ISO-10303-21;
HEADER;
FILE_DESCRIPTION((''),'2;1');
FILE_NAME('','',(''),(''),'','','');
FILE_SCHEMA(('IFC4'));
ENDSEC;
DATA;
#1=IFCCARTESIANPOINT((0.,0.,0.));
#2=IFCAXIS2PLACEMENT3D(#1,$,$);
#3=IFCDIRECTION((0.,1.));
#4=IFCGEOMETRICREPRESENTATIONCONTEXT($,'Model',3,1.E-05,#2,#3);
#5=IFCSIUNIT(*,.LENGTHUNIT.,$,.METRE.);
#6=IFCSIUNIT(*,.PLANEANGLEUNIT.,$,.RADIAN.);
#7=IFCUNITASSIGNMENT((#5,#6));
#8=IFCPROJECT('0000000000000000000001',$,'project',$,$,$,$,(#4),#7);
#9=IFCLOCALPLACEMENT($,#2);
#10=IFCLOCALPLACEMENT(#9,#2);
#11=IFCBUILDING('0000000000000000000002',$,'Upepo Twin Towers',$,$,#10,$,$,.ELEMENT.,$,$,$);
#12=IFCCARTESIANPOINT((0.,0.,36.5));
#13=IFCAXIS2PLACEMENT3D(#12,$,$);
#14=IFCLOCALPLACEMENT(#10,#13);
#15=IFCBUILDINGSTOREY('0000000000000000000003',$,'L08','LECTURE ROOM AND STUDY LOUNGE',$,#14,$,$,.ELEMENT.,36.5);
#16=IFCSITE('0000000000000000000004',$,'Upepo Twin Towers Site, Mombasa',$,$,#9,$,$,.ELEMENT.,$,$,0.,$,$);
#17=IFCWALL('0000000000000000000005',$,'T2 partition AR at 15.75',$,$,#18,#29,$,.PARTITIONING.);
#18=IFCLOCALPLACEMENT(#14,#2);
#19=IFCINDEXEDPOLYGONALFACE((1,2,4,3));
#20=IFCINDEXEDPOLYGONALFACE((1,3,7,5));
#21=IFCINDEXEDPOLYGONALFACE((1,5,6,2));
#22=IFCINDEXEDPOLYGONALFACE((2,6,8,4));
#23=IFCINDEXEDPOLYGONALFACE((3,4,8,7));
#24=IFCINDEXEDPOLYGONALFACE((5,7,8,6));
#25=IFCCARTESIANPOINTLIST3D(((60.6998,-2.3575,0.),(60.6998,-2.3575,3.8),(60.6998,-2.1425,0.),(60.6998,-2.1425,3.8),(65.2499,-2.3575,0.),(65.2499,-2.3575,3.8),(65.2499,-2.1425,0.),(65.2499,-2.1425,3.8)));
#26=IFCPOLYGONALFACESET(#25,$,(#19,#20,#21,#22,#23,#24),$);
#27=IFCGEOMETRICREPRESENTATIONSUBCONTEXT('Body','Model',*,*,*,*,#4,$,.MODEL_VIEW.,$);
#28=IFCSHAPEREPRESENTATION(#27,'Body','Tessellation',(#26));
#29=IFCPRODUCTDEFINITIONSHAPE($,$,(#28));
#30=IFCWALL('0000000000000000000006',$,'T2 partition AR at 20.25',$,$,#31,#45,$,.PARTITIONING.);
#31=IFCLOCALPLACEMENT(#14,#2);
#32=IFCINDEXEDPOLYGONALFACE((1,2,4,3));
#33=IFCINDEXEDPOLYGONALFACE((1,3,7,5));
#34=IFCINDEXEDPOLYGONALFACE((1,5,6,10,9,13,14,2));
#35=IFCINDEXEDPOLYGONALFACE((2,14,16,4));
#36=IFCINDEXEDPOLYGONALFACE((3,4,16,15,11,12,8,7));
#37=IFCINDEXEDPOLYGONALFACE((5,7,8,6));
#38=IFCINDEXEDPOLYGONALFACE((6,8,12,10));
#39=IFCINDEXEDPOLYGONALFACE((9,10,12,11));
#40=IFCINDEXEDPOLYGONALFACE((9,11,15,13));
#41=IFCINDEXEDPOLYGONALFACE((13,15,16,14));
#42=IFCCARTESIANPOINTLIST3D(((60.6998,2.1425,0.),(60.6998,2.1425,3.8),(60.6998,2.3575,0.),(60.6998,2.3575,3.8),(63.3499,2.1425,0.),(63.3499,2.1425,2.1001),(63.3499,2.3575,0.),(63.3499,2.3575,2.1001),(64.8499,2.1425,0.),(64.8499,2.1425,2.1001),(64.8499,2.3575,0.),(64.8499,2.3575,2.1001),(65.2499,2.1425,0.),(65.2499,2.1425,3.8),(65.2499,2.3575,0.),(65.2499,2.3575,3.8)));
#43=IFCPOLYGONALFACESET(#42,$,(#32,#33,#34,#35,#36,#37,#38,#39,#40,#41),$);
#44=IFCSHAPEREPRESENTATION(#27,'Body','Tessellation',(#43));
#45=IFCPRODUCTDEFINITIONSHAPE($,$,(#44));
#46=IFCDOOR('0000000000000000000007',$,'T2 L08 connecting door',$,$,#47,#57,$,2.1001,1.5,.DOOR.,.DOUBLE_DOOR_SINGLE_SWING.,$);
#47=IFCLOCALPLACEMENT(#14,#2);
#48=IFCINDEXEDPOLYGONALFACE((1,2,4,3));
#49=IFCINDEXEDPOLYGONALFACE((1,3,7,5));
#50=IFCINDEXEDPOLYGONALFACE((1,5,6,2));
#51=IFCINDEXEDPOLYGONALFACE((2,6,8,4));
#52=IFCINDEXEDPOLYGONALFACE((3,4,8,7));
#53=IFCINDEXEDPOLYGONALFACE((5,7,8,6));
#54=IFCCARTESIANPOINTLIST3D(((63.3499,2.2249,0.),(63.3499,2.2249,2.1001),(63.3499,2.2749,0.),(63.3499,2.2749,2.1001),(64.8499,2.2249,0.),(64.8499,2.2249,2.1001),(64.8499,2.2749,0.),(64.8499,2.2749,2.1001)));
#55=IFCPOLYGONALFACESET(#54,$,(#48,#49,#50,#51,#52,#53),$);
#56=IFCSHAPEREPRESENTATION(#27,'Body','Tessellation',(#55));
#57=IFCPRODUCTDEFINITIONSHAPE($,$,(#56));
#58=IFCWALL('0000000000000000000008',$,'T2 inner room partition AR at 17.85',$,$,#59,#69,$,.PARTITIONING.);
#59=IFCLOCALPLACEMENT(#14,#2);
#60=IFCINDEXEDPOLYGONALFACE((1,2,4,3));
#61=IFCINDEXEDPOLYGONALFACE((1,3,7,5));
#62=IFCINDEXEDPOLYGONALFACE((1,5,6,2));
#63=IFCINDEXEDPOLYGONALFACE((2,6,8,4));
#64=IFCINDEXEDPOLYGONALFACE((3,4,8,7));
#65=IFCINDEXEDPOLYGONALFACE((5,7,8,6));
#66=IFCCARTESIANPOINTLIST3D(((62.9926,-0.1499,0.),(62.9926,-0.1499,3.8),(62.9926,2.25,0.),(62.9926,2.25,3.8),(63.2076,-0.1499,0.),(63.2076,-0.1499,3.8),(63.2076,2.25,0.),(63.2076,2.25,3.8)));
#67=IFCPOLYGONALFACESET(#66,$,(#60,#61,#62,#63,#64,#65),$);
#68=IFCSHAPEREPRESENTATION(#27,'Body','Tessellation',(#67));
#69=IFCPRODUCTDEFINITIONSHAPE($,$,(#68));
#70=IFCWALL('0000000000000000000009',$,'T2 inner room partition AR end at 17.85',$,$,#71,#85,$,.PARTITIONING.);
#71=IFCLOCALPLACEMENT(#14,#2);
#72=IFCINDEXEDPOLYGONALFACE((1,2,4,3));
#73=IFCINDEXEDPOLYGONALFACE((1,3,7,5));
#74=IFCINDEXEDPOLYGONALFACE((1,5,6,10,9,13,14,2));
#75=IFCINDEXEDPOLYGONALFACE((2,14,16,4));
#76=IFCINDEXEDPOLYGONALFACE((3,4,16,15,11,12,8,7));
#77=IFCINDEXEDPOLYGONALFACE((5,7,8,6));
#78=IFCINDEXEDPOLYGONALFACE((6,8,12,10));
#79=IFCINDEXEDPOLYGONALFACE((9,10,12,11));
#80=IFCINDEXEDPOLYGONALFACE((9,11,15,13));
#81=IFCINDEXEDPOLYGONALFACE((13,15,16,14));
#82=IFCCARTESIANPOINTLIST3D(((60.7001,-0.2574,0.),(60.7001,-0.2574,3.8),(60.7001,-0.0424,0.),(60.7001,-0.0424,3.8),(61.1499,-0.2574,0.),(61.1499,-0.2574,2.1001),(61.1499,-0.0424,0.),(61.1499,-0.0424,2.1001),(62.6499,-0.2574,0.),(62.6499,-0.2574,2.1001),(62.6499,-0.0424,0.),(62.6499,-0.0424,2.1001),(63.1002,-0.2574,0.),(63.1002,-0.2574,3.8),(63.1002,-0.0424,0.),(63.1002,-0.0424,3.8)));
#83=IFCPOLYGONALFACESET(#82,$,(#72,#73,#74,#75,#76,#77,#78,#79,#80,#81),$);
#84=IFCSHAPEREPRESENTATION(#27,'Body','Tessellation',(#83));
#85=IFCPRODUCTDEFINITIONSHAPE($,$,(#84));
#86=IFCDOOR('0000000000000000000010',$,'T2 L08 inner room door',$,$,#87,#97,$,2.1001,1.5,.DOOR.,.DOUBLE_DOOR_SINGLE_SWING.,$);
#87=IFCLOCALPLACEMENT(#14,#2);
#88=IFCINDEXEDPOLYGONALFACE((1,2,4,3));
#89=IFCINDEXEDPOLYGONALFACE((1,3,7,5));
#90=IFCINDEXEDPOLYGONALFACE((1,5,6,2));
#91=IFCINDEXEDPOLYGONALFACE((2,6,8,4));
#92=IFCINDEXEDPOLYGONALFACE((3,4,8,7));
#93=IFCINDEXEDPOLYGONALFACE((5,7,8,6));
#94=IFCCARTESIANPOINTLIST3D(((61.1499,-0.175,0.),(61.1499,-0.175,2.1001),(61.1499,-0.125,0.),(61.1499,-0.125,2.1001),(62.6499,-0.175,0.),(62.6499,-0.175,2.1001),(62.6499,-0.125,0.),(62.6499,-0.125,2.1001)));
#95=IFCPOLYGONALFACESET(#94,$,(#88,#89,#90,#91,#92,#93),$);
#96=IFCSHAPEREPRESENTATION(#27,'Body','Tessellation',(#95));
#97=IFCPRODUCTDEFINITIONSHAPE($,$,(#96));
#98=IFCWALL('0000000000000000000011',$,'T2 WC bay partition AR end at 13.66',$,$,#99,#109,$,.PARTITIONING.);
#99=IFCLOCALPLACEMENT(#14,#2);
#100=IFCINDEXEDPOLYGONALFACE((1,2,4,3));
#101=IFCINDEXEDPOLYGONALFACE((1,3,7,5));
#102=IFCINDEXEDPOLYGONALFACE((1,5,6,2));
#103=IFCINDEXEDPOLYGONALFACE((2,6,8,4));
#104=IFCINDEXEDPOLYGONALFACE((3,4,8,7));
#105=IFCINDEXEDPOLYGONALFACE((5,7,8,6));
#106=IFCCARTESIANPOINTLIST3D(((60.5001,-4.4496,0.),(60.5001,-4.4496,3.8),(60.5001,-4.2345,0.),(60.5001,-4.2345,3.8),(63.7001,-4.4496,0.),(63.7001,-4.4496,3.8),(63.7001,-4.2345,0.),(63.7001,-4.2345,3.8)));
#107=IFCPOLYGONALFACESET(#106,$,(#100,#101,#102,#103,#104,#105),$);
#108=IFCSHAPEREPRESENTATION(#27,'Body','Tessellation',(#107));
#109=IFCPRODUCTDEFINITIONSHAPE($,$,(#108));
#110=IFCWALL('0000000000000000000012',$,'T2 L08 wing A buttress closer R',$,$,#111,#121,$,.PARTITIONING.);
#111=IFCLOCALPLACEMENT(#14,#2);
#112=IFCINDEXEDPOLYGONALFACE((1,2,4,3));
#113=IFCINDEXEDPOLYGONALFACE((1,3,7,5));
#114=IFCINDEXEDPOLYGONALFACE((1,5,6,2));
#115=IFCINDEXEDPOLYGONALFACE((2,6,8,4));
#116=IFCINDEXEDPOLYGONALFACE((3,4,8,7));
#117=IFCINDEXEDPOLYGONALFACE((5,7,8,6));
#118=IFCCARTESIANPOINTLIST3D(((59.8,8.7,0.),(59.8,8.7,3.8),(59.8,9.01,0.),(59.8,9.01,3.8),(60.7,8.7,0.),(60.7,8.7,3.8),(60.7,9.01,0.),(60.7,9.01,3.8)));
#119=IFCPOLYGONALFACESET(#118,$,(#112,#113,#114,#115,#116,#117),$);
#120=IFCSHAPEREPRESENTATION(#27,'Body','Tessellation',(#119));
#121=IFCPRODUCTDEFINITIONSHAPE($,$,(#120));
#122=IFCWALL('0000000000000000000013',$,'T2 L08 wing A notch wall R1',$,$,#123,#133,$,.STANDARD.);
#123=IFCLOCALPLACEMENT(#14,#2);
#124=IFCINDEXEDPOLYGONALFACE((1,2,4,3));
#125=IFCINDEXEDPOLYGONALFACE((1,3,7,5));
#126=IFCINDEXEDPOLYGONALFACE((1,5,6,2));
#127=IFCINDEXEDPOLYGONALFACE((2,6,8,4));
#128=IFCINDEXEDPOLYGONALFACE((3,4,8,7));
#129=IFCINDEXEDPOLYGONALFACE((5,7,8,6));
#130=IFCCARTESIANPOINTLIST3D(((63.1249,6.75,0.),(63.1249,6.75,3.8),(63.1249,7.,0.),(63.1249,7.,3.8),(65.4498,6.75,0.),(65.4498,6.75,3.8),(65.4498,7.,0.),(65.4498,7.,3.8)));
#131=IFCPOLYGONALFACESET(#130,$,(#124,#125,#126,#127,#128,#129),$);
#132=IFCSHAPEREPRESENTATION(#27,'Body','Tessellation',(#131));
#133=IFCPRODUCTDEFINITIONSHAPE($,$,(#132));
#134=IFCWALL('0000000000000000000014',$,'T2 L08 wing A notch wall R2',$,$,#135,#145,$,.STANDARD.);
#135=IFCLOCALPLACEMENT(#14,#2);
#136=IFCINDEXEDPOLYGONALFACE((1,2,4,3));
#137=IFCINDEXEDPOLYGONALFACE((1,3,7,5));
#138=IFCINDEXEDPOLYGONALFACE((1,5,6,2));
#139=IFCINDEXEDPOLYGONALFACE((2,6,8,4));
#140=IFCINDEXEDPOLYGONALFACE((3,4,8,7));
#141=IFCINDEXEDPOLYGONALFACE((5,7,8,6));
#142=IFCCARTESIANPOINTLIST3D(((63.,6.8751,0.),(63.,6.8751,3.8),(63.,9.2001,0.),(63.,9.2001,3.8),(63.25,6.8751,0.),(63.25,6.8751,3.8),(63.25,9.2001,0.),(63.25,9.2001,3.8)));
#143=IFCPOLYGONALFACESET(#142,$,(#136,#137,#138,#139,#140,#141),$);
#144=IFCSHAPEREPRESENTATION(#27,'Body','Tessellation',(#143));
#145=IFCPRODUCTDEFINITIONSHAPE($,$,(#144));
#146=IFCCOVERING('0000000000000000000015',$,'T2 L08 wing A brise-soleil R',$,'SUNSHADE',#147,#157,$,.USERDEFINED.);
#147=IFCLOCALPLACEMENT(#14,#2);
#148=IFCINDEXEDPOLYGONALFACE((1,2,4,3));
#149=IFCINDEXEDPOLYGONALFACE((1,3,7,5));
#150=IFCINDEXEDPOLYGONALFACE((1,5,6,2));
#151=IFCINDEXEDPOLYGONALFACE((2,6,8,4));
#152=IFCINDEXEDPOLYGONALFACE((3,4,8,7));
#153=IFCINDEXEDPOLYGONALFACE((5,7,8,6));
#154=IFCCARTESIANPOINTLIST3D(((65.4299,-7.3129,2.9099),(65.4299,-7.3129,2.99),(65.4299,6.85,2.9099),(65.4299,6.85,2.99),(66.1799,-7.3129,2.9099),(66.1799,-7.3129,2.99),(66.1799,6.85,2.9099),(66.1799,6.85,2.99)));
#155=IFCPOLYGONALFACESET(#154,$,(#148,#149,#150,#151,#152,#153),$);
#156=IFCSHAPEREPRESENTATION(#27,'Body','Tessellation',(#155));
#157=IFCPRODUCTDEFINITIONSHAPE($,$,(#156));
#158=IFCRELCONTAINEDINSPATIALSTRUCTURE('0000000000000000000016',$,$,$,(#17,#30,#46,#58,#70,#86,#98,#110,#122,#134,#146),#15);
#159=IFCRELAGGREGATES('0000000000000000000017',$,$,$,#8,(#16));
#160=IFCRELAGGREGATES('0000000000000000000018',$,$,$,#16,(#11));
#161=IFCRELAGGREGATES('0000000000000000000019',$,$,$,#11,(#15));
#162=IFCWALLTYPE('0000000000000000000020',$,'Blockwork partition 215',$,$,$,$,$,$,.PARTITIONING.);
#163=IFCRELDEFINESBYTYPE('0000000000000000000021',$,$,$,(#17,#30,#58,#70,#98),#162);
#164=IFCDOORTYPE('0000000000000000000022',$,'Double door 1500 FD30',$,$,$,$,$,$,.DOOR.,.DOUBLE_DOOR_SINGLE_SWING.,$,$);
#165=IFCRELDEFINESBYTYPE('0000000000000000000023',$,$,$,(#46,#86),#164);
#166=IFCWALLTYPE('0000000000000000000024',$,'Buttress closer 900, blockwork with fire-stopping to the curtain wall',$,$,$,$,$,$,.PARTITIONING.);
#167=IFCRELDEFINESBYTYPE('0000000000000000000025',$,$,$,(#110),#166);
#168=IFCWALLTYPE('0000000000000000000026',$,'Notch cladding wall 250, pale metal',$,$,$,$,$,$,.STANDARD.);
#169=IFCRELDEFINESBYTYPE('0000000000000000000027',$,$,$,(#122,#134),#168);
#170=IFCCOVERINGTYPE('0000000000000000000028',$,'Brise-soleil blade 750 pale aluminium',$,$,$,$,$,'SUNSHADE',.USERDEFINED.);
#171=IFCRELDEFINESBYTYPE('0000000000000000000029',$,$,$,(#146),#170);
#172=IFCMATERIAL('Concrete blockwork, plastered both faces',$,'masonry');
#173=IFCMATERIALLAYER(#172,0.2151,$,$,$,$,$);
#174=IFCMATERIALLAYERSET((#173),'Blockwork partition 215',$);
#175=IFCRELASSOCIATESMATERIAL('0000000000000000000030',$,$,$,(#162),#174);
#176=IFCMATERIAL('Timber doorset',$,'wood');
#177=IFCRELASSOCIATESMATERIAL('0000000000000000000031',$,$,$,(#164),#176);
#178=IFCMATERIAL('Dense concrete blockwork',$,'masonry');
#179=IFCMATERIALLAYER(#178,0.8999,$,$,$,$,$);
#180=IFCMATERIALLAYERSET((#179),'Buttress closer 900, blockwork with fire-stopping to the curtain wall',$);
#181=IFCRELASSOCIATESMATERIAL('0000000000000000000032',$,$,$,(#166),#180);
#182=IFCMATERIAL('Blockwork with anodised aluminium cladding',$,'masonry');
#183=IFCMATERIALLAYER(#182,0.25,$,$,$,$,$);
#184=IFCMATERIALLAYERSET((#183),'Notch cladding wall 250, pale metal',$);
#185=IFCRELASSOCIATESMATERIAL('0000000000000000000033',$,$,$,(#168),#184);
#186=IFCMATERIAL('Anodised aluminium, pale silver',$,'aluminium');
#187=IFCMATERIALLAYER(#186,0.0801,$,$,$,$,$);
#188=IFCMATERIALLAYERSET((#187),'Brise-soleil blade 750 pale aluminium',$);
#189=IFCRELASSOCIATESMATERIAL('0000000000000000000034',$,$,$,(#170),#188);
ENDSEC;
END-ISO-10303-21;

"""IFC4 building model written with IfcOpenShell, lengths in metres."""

from ifc_helpers import new_model, si_unit, direction, frame, frame_2d, origin, origin_2d, place, context, subcontext, project, spatial, rectangle, extrude, material, layer, layer_set, type_object, element, fill, save


model = new_model("IFC4")

# Units and contexts
model_context = context("Model", 3, precision=1e-05, world=origin(), true_north=direction((0.0, 1.0)))
body_context = subcontext(model_context, "Body", "Model", "MODEL_VIEW")
ifc_project = project(units=[si_unit("LENGTHUNIT", "METRE"), si_unit("PLANEANGLEUNIT", "RADIAN")], contexts=[model_context])

# Site, building, storey
site_placement = place(None, origin())
site = spatial("IfcSite", under=ifc_project, at=site_placement, Name="Upepo Twin Towers Site, Mombasa", CompositionType="ELEMENT", RefElevation=0.0)
building_placement = place(site_placement, origin())
building = spatial("IfcBuilding", under=site, at=building_placement, Name="Upepo Twin Towers", CompositionType="ELEMENT")
storey_placement = place(building_placement, frame((0.0, 0.0, 36.5)))
storey = spatial("IfcBuildingStorey", under=building, at=storey_placement, Name="L08", Description="LECTURE ROOM AND STUDY LOUNGE", CompositionType="ELEMENT", Elevation=36.5)

# Wall
ifc_material_1 = material(Name="Concrete blockwork, plastered both faces", Category="masonry")
ifc_layer_1 = layer(ifc_material_1, 0.2151)
ifc_layer_set_1 = layer_set([ifc_layer_1], Name="Blockwork partition 215")
wall_type_1 = type_object("IfcWallType", Name="Blockwork partition 215", PredefinedType="PARTITIONING", material=ifc_layer_set_1)
wall_1_placement = place(storey_placement, frame((60.7, -2.25, 0.0), z_axis=(0.0, 0.0, 1.0), x_axis=(1.0, 0.0, 0.0)))
element("IfcWall", 1, at=wall_1_placement, inside=storey, type_object=wall_type_1, Name="T2 partition AR at 15.75", PredefinedType="PARTITIONING", context=body_context, shape_type="SweptSolid", body=[
    extrude(rectangle(XDim=4.55, YDim=0.2151, at=frame_2d((2.2749, 0.0))), origin(), (0.0, 0.0, 1.0), 3.8),
])

# Wall, opening, door
wall_2_placement = place(storey_placement, frame((60.7, 2.25, 0.0), z_axis=(0.0, 0.0, 1.0), x_axis=(1.0, 0.0, 0.0)))
wall_2 = element("IfcWall", 2, at=wall_2_placement, inside=storey, type_object=wall_type_1, Name="T2 partition AR at 20.25", PredefinedType="PARTITIONING", context=body_context, shape_type="SweptSolid", body=[
    extrude(rectangle(XDim=4.55, YDim=0.2151, at=frame_2d((2.2749, 0.0))), origin(), (0.0, 0.0, 1.0), 3.8),
])
opening_1_placement = place(wall_2_placement, frame((2.6499, 0.0, 0.0)))
opening_1 = element("IfcOpeningElement", 3, at=opening_1_placement, cuts=wall_2, PredefinedType="OPENING", context=body_context, shape_type="SweptSolid", body=[
    extrude(rectangle(XDim=1.5, YDim=2.1001, at=frame_2d((0.75, 1.05))), frame((0.0, 0.1174, 0.0), z_axis=(0.0, -1.0, 0.0), x_axis=(1.0, 0.0, 0.0)), (0.0, 0.0, 1.0), 0.2351),
])
ifc_material_2 = material(Name="Timber doorset", Category="wood")
door_type = type_object("IfcDoorType", Name="Double door 1500 FD30", OperationType="DOUBLE_DOOR_SINGLE_SWING", PredefinedType="DOOR", material=ifc_material_2)
door_1_placement = place(opening_1_placement, origin())
door_1 = element("IfcDoor", 4, at=door_1_placement, inside=storey, type_object=door_type, Name="T2 L08 connecting door", OperationType="DOUBLE_DOOR_SINGLE_SWING", OverallHeight=2.1001, OverallWidth=1.5, PredefinedType="DOOR", context=body_context, shape_type="SweptSolid", body=[
    extrude(rectangle(XDim=1.5, YDim=2.1001, at=frame_2d((0.75, 1.05))), frame((0.0, 0.0249, 0.0), z_axis=(0.0, -1.0, 0.0), x_axis=(1.0, 0.0, 0.0)), (0.0, 0.0, 1.0), 0.05),
])
fill(opening_1, door_1)

# Wall
wall_3_placement = place(storey_placement, frame((63.1001, -0.1499, 0.0), z_axis=(0.0, 0.0, 1.0), x_axis=(0.0, 1.0, 0.0)))
element("IfcWall", 5, at=wall_3_placement, inside=storey, type_object=wall_type_1, Name="T2 inner room partition AR at 17.85", PredefinedType="PARTITIONING", context=body_context, shape_type="SweptSolid", body=[
    extrude(rectangle(XDim=2.3999, YDim=0.2151, at=frame_2d((1.2, 0.0))), origin(), (0.0, 0.0, 1.0), 3.8),
])

# Wall, opening, door
wall_4_placement = place(storey_placement, frame((60.7, -0.1499, 0.0), z_axis=(0.0, 0.0, 1.0), x_axis=(1.0, 0.0, 0.0)))
wall_4 = element("IfcWall", 6, at=wall_4_placement, inside=storey, type_object=wall_type_1, Name="T2 inner room partition AR end at 17.85", PredefinedType="PARTITIONING", context=body_context, shape_type="SweptSolid", body=[
    extrude(rectangle(XDim=2.4001, YDim=0.2151, at=frame_2d((1.2002, 0.0))), origin(), (0.0, 0.0, 1.0), 3.8),
])
opening_2_placement = place(wall_4_placement, frame((0.45, 0.0, 0.0)))
opening_2 = element("IfcOpeningElement", 7, at=opening_2_placement, cuts=wall_4, PredefinedType="OPENING", context=body_context, shape_type="SweptSolid", body=[
    extrude(rectangle(XDim=1.5, YDim=2.1001, at=frame_2d((0.75, 1.05))), frame((0.0, 0.1174, 0.0), z_axis=(0.0, -1.0, 0.0), x_axis=(1.0, 0.0, 0.0)), (0.0, 0.0, 1.0), 0.2351),
])
door_2_placement = place(opening_2_placement, origin())
door_2 = element("IfcDoor", 8, at=door_2_placement, inside=storey, type_object=door_type, Name="T2 L08 inner room door", OperationType="DOUBLE_DOOR_SINGLE_SWING", OverallHeight=2.1001, OverallWidth=1.5, PredefinedType="DOOR", context=body_context, shape_type="SweptSolid", body=[
    extrude(rectangle(XDim=1.5, YDim=2.1001, at=frame_2d((0.75, 1.05))), frame((0.0, 0.0249, 0.0), z_axis=(0.0, -1.0, 0.0), x_axis=(1.0, 0.0, 0.0)), (0.0, 0.0, 1.0), 0.05),
])
fill(opening_2, door_2)

# Walls
wall_5_placement = place(storey_placement, frame((60.5, -4.342, 0.0), z_axis=(0.0, 0.0, 1.0), x_axis=(1.0, 0.0, 0.0)))
element("IfcWall", 9, at=wall_5_placement, inside=storey, type_object=wall_type_1, Name="T2 WC bay partition AR end at 13.66", PredefinedType="PARTITIONING", context=body_context, shape_type="SweptSolid", body=[
    extrude(rectangle(XDim=3.2, YDim=0.2151, at=frame_2d((1.6001, 0.0))), origin(), (0.0, 0.0, 1.0), 3.8),
])
ifc_material_3 = material(Name="Dense concrete blockwork", Category="masonry")
ifc_layer_2 = layer(ifc_material_3, 0.8999)
ifc_layer_set_2 = layer_set([ifc_layer_2], Name="Buttress closer 900, blockwork with fire-stopping to the curtain wall")
wall_type_2 = type_object("IfcWallType", Name="Buttress closer 900, blockwork with fire-stopping to the curtain wall", PredefinedType="PARTITIONING", material=ifc_layer_set_2)
wall_6_placement = place(storey_placement, frame((60.25, 8.7, 0.0), z_axis=(0.0, 0.0, 1.0), x_axis=(0.0, 1.0, 0.0)))
element("IfcWall", 10, at=wall_6_placement, inside=storey, type_object=wall_type_2, Name="T2 L08 wing A buttress closer R", PredefinedType="PARTITIONING", context=body_context, shape_type="SweptSolid", body=[
    extrude(rectangle(XDim=0.3101, YDim=0.8999, at=frame_2d((0.155, 0.0))), origin(), (0.0, 0.0, 1.0), 3.8),
])
ifc_material_4 = material(Name="Blockwork with anodised aluminium cladding", Category="masonry")
ifc_layer_3 = layer(ifc_material_4, 0.25)
ifc_layer_set_3 = layer_set([ifc_layer_3], Name="Notch cladding wall 250, pale metal")
wall_type_3 = type_object("IfcWallType", Name="Notch cladding wall 250, pale metal", PredefinedType="STANDARD", material=ifc_layer_set_3)
for number, where, z_axis, x_axis, name in (
    (11, (65.45, 6.875, 0.0), (0.0, 0.0, 1.0), (-1.0, 0.0, 0.0), "T2 L08 wing A notch wall R1"),
    (12, (63.125, 6.875, 0.0), (0.0, 0.0, 1.0), (0.0, 1.0, 0.0), "T2 L08 wing A notch wall R2"),
):
    element("IfcWall", number, at=place(storey_placement, frame(where, z_axis=z_axis, x_axis=x_axis)), inside=storey, type_object=wall_type_3, Name=name, PredefinedType="STANDARD", context=body_context, shape_type="SweptSolid", body=[
        extrude(rectangle(XDim=2.325, YDim=0.25, at=frame_2d((1.1626, 0.0))), origin(), (0.0, 0.0, 1.0), 3.8),
    ])

# Covering
ifc_material_5 = material(Name="Anodised aluminium, pale silver", Category="aluminium")
ifc_layer_4 = layer(ifc_material_5, 0.0801)
ifc_layer_set_4 = layer_set([ifc_layer_4], Name="Brise-soleil blade 750 pale aluminium")
covering_type = type_object("IfcCoveringType", Name="Brise-soleil blade 750 pale aluminium", ElementType="SUNSHADE", PredefinedType="USERDEFINED", material=ifc_layer_set_4)
covering_placement = place(storey_placement, frame((65.8049, -0.2314, 2.9099), z_axis=(0.0, 0.0, 1.0), x_axis=(0.0, 1.0, 0.0)))
element("IfcCovering", 13, at=covering_placement, inside=storey, type_object=covering_type, Name="T2 L08 wing A brise-soleil R", ObjectType="SUNSHADE", PredefinedType="USERDEFINED", context=body_context, shape_type="SweptSolid", body=[
    extrude(rectangle(XDim=14.1628, YDim=0.75, at=origin_2d()), origin(), (0.0, 0.0, 1.0), 0.0801),
])

save(model, "model.ifc")
